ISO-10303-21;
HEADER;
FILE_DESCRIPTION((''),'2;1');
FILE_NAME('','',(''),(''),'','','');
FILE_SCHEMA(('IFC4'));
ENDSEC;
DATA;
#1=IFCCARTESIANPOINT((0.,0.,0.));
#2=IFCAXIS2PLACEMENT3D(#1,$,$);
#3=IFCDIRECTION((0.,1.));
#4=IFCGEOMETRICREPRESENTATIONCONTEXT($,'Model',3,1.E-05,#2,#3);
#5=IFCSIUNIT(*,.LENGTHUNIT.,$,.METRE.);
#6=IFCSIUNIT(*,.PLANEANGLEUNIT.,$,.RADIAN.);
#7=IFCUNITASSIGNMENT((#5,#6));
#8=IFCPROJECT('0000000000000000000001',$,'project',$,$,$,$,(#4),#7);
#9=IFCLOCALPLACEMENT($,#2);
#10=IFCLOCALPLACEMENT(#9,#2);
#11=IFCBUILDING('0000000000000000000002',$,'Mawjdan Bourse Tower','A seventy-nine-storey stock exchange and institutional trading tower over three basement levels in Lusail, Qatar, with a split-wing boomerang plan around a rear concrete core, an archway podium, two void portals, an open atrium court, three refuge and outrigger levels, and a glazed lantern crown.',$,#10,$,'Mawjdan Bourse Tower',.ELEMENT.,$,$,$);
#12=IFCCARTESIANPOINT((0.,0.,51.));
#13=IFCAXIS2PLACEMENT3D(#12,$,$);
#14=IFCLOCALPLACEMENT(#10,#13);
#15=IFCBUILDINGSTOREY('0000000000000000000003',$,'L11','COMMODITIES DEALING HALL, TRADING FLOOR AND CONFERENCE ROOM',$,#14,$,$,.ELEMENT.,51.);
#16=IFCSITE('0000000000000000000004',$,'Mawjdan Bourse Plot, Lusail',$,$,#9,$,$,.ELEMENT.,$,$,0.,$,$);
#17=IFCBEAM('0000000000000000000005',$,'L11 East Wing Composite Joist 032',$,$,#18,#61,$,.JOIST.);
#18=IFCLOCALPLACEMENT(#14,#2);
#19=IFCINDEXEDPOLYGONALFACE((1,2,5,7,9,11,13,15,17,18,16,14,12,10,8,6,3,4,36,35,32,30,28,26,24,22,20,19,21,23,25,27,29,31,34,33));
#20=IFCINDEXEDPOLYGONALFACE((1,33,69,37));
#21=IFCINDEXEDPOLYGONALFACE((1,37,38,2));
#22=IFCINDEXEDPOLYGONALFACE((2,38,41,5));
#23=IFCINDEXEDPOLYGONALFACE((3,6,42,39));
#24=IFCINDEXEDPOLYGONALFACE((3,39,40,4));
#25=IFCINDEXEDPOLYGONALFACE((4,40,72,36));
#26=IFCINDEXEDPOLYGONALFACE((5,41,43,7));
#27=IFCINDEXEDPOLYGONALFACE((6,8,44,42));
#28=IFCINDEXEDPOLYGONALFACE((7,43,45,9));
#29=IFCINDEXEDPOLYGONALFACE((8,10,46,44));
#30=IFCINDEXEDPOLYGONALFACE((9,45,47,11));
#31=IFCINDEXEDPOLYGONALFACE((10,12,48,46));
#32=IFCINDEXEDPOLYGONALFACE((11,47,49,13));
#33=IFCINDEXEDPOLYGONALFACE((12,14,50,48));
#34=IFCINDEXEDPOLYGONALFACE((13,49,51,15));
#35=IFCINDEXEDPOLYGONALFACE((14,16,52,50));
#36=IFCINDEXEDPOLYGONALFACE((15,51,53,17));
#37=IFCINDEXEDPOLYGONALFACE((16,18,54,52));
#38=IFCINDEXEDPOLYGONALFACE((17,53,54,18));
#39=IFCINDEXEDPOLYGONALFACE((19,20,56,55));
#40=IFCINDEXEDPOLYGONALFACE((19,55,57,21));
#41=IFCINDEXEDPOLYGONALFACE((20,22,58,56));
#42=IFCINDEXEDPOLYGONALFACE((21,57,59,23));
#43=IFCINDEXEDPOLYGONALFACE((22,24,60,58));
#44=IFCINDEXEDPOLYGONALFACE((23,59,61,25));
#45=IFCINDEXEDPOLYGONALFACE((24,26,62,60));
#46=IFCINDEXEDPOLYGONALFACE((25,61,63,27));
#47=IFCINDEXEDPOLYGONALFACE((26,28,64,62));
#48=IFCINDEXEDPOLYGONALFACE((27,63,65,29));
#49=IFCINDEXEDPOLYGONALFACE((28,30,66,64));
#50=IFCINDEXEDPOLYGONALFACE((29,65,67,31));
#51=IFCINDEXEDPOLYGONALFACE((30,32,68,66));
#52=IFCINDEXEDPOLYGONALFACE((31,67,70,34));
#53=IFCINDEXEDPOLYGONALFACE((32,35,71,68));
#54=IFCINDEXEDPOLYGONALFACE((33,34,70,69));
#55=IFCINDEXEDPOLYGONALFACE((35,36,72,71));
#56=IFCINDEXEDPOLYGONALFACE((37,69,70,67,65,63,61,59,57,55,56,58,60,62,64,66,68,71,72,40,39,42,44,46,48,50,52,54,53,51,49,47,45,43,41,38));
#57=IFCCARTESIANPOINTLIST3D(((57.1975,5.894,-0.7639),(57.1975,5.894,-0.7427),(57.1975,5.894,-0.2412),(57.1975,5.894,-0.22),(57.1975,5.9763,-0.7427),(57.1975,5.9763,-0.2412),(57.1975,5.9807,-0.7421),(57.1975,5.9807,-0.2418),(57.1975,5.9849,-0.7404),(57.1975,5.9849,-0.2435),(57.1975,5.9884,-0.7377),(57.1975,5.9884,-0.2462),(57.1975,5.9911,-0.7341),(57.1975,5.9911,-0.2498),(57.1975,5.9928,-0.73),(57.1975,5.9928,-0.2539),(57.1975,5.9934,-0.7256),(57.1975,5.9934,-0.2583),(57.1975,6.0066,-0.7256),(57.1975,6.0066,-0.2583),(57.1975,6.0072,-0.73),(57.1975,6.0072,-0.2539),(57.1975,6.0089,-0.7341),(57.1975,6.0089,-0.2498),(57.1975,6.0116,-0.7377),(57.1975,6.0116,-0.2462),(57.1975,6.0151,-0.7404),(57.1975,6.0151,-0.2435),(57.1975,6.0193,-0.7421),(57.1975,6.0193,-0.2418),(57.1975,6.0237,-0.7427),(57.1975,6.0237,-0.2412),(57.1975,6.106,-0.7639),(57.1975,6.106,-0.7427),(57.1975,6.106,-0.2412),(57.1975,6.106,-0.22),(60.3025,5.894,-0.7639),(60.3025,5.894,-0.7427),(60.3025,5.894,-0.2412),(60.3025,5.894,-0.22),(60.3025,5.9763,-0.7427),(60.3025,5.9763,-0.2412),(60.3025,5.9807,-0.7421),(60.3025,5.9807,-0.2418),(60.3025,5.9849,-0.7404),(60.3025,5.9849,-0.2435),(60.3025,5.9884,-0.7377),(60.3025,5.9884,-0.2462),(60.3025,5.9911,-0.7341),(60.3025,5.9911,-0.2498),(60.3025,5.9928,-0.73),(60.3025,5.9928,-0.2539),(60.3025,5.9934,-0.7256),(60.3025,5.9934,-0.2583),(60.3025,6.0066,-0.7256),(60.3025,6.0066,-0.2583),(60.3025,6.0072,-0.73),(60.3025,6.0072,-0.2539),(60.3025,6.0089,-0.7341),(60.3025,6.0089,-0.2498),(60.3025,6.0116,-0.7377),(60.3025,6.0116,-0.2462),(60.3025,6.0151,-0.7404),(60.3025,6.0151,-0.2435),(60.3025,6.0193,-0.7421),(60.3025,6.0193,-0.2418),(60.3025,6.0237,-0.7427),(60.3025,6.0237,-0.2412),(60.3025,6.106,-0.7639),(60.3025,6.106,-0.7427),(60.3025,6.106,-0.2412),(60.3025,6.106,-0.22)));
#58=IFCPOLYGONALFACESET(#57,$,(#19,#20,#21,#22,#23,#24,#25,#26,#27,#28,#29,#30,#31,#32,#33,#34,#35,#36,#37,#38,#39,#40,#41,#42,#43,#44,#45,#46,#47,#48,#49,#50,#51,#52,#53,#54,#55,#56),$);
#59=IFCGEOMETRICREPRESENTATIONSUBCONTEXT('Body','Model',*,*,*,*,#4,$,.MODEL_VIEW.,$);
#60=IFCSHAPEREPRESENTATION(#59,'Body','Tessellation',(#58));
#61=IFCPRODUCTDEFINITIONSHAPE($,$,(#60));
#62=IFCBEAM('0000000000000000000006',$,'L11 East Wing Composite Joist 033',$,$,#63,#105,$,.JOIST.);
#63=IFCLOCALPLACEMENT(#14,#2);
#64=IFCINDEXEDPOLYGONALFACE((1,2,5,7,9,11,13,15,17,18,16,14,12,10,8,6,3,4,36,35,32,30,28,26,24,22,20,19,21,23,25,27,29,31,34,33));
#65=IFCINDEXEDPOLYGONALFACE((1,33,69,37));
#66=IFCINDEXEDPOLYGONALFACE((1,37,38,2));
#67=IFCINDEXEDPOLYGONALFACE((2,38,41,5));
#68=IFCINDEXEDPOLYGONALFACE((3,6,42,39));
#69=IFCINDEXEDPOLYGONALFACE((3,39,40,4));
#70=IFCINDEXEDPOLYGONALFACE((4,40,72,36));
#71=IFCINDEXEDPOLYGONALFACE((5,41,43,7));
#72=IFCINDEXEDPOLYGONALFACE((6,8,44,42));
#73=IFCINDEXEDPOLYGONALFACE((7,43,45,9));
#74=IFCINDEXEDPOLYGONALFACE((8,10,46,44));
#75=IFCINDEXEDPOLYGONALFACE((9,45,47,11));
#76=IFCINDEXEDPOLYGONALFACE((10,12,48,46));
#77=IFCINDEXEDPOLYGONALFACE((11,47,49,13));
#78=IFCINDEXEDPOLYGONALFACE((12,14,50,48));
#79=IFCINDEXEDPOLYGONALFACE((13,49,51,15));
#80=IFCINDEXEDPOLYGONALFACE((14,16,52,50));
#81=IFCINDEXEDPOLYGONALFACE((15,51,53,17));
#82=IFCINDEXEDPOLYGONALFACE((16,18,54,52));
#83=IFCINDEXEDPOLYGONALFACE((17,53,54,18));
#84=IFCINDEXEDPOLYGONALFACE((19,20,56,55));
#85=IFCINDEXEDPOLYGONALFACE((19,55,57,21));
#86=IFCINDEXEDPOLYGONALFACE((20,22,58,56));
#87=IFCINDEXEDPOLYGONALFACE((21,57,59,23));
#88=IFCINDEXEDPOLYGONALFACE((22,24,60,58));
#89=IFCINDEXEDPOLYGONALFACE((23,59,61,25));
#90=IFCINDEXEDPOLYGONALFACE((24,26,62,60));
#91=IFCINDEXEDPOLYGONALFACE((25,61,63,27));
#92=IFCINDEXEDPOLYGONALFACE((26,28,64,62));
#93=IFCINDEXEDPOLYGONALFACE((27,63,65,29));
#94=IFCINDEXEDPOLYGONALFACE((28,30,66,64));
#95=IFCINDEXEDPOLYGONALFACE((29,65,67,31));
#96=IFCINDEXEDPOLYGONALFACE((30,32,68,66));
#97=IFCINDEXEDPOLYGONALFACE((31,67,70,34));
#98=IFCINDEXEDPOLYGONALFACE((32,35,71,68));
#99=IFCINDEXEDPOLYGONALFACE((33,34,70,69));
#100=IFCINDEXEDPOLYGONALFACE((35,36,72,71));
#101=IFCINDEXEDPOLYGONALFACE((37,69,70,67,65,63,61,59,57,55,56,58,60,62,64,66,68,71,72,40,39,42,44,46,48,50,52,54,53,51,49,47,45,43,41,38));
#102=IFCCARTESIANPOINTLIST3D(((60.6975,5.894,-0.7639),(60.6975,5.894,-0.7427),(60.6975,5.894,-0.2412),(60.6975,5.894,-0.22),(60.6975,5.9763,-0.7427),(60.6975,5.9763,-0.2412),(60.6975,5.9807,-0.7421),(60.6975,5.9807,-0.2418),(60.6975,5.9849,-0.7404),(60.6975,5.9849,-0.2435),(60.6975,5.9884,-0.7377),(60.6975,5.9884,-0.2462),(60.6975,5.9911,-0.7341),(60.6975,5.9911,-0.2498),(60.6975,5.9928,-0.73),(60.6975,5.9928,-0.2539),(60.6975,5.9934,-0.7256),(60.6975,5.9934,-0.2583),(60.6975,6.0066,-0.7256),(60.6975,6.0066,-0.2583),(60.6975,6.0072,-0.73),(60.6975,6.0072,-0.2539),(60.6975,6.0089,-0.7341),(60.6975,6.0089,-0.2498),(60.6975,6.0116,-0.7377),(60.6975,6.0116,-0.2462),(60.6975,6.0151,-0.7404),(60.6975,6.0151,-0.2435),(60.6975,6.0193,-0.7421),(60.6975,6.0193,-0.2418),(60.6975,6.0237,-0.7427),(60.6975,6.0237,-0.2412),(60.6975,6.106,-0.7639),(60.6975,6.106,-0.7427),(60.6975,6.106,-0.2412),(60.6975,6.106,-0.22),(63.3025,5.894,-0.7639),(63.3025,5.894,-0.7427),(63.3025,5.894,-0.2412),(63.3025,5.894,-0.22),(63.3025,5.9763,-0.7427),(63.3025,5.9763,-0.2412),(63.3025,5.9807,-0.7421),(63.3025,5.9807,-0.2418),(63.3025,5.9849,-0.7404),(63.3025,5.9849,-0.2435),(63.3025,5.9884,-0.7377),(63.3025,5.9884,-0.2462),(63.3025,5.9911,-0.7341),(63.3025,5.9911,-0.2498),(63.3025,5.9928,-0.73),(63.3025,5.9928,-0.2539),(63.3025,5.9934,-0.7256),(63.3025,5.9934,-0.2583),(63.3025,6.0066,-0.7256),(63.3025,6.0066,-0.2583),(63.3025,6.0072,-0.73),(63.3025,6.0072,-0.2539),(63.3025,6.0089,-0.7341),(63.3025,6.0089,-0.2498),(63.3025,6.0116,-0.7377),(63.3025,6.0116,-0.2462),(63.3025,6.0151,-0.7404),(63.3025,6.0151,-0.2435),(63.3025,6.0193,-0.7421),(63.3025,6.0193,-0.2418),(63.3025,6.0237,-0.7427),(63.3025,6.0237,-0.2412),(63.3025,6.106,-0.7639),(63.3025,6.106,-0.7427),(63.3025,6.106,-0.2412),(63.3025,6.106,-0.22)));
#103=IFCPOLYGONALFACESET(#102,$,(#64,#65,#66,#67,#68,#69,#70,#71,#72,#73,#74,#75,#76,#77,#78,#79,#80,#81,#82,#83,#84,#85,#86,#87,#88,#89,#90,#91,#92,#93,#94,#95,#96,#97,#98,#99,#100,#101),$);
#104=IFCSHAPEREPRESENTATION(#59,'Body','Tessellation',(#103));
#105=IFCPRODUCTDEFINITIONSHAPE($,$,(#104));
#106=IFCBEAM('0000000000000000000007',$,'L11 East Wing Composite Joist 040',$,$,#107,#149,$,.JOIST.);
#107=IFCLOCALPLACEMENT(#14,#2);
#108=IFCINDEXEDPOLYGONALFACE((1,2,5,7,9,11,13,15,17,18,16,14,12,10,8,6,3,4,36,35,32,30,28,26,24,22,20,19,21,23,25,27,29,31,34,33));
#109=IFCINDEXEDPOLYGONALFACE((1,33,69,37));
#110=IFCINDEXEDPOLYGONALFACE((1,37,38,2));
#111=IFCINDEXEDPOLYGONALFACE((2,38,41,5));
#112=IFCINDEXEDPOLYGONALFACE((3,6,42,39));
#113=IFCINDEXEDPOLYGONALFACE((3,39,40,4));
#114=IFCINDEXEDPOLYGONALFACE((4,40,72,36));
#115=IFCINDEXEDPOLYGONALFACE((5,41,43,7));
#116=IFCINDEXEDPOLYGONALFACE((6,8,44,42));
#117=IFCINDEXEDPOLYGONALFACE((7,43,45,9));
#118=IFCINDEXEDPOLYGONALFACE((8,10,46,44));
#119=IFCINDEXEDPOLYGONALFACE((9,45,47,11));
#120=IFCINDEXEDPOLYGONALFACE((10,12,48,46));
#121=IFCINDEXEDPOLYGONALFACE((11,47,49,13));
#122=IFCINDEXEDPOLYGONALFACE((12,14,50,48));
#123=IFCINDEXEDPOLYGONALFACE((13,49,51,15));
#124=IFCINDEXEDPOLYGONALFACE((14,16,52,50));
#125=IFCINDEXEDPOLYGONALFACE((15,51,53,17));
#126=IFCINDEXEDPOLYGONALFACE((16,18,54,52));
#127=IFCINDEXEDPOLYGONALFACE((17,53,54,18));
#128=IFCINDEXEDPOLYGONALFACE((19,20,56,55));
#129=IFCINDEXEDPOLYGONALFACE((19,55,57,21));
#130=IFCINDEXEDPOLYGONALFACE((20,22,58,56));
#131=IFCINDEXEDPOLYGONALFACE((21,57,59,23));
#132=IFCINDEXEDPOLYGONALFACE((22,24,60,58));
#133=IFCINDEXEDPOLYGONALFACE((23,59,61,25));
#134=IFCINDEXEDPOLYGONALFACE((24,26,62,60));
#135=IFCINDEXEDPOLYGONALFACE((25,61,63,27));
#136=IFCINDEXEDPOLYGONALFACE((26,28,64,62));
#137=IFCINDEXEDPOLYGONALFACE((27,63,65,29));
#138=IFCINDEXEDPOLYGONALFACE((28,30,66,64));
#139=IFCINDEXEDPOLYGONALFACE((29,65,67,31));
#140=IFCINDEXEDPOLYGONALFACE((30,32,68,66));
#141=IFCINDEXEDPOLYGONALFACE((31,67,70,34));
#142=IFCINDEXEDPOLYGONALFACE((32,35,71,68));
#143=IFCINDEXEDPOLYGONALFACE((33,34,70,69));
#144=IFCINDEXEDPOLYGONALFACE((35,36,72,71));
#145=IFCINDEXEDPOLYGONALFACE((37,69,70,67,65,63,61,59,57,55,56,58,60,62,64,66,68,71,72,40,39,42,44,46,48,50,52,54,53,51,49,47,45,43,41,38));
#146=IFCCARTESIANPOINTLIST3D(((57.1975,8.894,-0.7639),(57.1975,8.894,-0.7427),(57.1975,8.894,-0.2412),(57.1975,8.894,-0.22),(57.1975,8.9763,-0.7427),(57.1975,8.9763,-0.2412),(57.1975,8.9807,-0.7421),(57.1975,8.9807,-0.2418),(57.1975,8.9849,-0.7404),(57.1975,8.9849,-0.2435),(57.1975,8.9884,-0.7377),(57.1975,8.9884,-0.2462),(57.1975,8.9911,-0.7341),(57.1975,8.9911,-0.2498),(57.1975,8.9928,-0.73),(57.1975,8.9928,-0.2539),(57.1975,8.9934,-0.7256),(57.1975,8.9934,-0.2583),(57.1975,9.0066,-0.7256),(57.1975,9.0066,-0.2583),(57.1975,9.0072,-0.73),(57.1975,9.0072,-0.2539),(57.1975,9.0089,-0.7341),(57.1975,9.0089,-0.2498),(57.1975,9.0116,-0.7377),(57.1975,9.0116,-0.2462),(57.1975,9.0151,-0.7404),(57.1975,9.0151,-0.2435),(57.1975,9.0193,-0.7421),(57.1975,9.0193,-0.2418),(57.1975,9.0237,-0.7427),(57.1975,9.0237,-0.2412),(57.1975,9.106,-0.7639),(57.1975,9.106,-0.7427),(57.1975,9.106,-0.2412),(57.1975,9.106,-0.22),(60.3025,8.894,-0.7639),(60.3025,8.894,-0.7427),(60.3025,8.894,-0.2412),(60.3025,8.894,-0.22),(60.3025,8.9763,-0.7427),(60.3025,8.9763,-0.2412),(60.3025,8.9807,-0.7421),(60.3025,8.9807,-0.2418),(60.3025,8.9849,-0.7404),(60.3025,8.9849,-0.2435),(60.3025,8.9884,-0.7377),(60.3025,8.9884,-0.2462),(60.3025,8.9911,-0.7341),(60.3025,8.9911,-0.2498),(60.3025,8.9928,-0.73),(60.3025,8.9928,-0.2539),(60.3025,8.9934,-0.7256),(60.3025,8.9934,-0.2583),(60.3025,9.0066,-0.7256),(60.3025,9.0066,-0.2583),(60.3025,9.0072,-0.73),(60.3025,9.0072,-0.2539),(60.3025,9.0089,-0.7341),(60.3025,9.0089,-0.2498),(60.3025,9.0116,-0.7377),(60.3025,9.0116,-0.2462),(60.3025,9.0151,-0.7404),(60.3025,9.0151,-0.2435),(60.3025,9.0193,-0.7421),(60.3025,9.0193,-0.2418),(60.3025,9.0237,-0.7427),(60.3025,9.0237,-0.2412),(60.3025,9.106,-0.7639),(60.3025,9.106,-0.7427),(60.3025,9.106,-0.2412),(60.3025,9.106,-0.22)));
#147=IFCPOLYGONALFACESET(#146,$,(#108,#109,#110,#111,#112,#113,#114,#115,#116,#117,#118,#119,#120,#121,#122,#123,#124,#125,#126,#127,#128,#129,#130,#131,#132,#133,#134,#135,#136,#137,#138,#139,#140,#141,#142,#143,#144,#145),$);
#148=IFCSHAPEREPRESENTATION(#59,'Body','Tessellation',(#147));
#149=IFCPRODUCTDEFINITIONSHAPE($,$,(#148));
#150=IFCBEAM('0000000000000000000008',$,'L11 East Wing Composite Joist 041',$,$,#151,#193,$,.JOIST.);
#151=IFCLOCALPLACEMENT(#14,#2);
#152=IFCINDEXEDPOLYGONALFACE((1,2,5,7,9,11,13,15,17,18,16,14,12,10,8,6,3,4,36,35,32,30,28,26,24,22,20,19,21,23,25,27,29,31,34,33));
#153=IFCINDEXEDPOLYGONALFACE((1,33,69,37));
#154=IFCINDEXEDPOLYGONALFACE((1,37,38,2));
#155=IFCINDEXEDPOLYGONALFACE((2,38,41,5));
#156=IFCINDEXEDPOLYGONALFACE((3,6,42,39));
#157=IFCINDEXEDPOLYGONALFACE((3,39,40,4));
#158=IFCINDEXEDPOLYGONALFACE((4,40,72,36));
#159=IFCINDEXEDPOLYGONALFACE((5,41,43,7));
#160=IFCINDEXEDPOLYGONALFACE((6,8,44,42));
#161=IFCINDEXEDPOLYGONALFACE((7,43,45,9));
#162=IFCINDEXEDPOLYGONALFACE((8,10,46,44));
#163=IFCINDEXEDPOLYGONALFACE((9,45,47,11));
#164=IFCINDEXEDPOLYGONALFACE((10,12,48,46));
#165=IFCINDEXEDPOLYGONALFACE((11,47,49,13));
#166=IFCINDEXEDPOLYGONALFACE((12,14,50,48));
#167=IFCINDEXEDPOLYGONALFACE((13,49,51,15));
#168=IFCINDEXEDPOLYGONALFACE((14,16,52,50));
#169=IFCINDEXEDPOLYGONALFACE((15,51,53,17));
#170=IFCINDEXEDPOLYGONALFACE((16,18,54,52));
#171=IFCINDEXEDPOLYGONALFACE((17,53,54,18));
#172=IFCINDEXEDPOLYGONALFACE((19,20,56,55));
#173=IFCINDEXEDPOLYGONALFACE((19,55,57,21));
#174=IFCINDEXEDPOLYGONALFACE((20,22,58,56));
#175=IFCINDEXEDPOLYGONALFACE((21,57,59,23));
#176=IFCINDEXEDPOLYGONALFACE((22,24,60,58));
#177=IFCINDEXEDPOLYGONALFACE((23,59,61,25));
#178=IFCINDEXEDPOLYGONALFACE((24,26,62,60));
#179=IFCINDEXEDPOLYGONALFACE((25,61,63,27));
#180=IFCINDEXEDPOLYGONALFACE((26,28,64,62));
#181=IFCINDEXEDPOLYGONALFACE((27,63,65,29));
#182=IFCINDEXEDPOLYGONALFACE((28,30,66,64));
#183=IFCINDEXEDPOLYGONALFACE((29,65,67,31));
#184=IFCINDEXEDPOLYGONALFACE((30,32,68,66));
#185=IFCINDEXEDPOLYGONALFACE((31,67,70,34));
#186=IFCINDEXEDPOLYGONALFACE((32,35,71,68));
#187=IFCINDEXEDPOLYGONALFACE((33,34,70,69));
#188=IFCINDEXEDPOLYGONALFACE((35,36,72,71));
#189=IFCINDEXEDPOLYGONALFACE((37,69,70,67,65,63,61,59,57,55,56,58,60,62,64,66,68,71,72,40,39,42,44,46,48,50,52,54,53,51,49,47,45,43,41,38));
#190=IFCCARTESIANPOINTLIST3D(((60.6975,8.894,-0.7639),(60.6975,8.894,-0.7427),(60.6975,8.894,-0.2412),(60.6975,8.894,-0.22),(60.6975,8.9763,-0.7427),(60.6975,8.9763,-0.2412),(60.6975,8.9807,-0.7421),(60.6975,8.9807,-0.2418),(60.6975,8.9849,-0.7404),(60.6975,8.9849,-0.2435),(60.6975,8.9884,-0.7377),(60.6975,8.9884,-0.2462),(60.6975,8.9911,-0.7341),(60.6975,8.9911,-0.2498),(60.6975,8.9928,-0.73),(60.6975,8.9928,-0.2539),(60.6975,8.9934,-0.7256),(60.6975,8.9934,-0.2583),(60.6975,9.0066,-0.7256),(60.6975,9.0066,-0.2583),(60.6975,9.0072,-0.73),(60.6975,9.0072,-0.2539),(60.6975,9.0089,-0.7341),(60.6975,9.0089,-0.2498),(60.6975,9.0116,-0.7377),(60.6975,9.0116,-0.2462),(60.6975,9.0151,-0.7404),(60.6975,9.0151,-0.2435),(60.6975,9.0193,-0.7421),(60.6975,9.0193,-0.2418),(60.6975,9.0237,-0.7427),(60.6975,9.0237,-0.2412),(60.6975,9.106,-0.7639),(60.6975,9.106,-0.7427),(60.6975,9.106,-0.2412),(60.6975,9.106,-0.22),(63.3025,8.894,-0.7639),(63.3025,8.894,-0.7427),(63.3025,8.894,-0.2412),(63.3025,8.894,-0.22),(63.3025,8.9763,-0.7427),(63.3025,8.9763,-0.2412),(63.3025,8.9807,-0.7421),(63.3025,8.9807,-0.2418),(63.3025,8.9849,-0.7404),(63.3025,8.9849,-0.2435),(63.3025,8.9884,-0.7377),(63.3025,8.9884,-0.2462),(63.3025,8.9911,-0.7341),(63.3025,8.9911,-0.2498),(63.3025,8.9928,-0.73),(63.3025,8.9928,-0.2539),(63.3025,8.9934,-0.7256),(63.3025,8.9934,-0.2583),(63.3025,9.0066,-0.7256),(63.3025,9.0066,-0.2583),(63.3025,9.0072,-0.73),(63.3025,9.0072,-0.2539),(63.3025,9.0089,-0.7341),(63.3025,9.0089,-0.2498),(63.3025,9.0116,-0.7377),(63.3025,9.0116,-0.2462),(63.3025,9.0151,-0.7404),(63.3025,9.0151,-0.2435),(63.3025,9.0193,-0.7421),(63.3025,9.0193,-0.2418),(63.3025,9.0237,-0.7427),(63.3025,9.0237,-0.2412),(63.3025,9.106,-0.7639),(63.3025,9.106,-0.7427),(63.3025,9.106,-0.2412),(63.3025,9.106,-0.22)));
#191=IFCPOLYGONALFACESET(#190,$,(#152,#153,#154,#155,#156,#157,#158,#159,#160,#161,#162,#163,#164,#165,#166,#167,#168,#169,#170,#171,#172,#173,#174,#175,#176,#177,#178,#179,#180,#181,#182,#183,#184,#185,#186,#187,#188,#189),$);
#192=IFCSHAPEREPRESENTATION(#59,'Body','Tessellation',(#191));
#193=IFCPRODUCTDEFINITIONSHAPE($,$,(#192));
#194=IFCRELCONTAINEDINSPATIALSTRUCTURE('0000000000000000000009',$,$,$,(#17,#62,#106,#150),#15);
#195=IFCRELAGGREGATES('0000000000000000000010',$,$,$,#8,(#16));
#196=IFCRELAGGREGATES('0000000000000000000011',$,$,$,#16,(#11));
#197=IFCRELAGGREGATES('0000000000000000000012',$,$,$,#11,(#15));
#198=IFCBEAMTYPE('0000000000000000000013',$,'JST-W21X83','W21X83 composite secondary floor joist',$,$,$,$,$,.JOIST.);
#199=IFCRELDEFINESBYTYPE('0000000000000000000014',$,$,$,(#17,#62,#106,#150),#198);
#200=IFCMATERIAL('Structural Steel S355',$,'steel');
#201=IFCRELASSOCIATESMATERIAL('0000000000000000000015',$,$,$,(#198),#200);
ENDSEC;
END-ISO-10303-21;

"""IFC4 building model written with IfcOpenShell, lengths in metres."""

from ifc_helpers import new_model, si_unit, direction, frame, origin, origin_2d, place, context, subcontext, project, spatial, i_section, extrude, material, material_profile, profile_set, type_object, element, save


model = new_model("IFC4")

# Units and contexts
model_context = context("Model", 3, precision=1e-05, world=origin(), true_north=direction((0.0, 1.0)))
body_context = subcontext(model_context, "Body", "Model", "MODEL_VIEW")
ifc_project = project(units=[si_unit("LENGTHUNIT", "METRE"), si_unit("PLANEANGLEUNIT", "RADIAN")], contexts=[model_context])

# Site, building, storey
site_placement = place(None, origin())
site = spatial("IfcSite", under=ifc_project, at=site_placement, Name="Mawjdan Bourse Plot, Lusail", CompositionType="ELEMENT", RefElevation=0.0)
building_placement = place(site_placement, origin())
building = spatial("IfcBuilding", under=site, at=building_placement, Name="Mawjdan Bourse Tower", Description="A seventy-nine-storey stock exchange and institutional trading tower over three basement levels in Lusail, Qatar, with a split-wing boomerang plan around a rear concrete core, an archway podium, two void portals, an open atrium court, three refuge and outrigger levels, and a glazed lantern crown.", LongName="Mawjdan Bourse Tower", CompositionType="ELEMENT")
storey_placement = place(building_placement, frame((0.0, 0.0, 51.0)))
storey = spatial("IfcBuildingStorey", under=building, at=storey_placement, Name="L11", Description="COMMODITIES DEALING HALL, TRADING FLOOR AND CONFERENCE ROOM", CompositionType="ELEMENT", Elevation=51.0)

# Beams
ifc_material_1 = material(Name="Structural Steel S355", Category="steel")
ifc_material_profile_1 = material_profile(ifc_material_1, i_section(OverallWidth=0.2119, OverallDepth=0.5439, WebThickness=0.0132, FlangeThickness=0.0212, FilletRadius=0.0171, at=origin_2d()), Name="W21X83")
ifc_profile_set_1 = profile_set([ifc_material_profile_1], Name="Structural Steel S355")
beam_type_1 = type_object("IfcBeamType", Name="JST-W21X83", Description="W21X83 composite secondary floor joist", PredefinedType="JOIST", material=ifc_profile_set_1)
beam_1_placement = place(storey_placement, frame((57.1975, 6.0, -0.4919), z_axis=(1.0, 0.0, 0.0), x_axis=(0.0, 1.0, 0.0)))
element("IfcBeam", 1, at=beam_1_placement, inside=storey, type_object=beam_type_1, Name="L11 East Wing Composite Joist 032", PredefinedType="JOIST", context=body_context, shape_type="SweptSolid", body=[
    extrude(i_section(OverallWidth=0.2119, OverallDepth=0.5439, WebThickness=0.0132, FlangeThickness=0.0212, FilletRadius=0.0171, at=origin_2d()), origin(), (0.0, 0.0, 1.0), 3.105),
])
beam_2_placement = place(storey_placement, frame((60.6975, 6.0, -0.4919), z_axis=(1.0, 0.0, 0.0), x_axis=(0.0, 1.0, 0.0)))
element("IfcBeam", 2, at=beam_2_placement, inside=storey, type_object=beam_type_1, Name="L11 East Wing Composite Joist 033", PredefinedType="JOIST", context=body_context, shape_type="SweptSolid", body=[
    extrude(i_section(OverallWidth=0.2119, OverallDepth=0.5439, WebThickness=0.0132, FlangeThickness=0.0212, FilletRadius=0.0171, at=origin_2d()), origin(), (0.0, 0.0, 1.0), 2.605),
])
beam_3_placement = place(storey_placement, frame((57.1975, 9.0, -0.4919), z_axis=(1.0, 0.0, 0.0), x_axis=(0.0, 1.0, 0.0)))
element("IfcBeam", 3, at=beam_3_placement, inside=storey, type_object=beam_type_1, Name="L11 East Wing Composite Joist 040", PredefinedType="JOIST", context=body_context, shape_type="SweptSolid", body=[
    extrude(i_section(OverallWidth=0.2119, OverallDepth=0.5439, WebThickness=0.0132, FlangeThickness=0.0212, FilletRadius=0.0171, at=origin_2d()), origin(), (0.0, 0.0, 1.0), 3.105),
])
for number, where, z_axis, x_axis, name in (
    (4, (60.6975, 9.0, -0.4919), (1.0, 0.0, 0.0), (0.0, 1.0, 0.0), "L11 East Wing Composite Joist 041"),
):
    element("IfcBeam", number, at=place(storey_placement, frame(where, z_axis=z_axis, x_axis=x_axis)), inside=storey, type_object=beam_type_1, Name=name, PredefinedType="JOIST", context=body_context, shape_type="SweptSolid", body=[
        extrude(i_section(OverallWidth=0.2119, OverallDepth=0.5439, WebThickness=0.0132, FlangeThickness=0.0212, FilletRadius=0.0171, at=origin_2d()), origin(), (0.0, 0.0, 1.0), 2.605),
    ])

save(model, "model.ifc")
